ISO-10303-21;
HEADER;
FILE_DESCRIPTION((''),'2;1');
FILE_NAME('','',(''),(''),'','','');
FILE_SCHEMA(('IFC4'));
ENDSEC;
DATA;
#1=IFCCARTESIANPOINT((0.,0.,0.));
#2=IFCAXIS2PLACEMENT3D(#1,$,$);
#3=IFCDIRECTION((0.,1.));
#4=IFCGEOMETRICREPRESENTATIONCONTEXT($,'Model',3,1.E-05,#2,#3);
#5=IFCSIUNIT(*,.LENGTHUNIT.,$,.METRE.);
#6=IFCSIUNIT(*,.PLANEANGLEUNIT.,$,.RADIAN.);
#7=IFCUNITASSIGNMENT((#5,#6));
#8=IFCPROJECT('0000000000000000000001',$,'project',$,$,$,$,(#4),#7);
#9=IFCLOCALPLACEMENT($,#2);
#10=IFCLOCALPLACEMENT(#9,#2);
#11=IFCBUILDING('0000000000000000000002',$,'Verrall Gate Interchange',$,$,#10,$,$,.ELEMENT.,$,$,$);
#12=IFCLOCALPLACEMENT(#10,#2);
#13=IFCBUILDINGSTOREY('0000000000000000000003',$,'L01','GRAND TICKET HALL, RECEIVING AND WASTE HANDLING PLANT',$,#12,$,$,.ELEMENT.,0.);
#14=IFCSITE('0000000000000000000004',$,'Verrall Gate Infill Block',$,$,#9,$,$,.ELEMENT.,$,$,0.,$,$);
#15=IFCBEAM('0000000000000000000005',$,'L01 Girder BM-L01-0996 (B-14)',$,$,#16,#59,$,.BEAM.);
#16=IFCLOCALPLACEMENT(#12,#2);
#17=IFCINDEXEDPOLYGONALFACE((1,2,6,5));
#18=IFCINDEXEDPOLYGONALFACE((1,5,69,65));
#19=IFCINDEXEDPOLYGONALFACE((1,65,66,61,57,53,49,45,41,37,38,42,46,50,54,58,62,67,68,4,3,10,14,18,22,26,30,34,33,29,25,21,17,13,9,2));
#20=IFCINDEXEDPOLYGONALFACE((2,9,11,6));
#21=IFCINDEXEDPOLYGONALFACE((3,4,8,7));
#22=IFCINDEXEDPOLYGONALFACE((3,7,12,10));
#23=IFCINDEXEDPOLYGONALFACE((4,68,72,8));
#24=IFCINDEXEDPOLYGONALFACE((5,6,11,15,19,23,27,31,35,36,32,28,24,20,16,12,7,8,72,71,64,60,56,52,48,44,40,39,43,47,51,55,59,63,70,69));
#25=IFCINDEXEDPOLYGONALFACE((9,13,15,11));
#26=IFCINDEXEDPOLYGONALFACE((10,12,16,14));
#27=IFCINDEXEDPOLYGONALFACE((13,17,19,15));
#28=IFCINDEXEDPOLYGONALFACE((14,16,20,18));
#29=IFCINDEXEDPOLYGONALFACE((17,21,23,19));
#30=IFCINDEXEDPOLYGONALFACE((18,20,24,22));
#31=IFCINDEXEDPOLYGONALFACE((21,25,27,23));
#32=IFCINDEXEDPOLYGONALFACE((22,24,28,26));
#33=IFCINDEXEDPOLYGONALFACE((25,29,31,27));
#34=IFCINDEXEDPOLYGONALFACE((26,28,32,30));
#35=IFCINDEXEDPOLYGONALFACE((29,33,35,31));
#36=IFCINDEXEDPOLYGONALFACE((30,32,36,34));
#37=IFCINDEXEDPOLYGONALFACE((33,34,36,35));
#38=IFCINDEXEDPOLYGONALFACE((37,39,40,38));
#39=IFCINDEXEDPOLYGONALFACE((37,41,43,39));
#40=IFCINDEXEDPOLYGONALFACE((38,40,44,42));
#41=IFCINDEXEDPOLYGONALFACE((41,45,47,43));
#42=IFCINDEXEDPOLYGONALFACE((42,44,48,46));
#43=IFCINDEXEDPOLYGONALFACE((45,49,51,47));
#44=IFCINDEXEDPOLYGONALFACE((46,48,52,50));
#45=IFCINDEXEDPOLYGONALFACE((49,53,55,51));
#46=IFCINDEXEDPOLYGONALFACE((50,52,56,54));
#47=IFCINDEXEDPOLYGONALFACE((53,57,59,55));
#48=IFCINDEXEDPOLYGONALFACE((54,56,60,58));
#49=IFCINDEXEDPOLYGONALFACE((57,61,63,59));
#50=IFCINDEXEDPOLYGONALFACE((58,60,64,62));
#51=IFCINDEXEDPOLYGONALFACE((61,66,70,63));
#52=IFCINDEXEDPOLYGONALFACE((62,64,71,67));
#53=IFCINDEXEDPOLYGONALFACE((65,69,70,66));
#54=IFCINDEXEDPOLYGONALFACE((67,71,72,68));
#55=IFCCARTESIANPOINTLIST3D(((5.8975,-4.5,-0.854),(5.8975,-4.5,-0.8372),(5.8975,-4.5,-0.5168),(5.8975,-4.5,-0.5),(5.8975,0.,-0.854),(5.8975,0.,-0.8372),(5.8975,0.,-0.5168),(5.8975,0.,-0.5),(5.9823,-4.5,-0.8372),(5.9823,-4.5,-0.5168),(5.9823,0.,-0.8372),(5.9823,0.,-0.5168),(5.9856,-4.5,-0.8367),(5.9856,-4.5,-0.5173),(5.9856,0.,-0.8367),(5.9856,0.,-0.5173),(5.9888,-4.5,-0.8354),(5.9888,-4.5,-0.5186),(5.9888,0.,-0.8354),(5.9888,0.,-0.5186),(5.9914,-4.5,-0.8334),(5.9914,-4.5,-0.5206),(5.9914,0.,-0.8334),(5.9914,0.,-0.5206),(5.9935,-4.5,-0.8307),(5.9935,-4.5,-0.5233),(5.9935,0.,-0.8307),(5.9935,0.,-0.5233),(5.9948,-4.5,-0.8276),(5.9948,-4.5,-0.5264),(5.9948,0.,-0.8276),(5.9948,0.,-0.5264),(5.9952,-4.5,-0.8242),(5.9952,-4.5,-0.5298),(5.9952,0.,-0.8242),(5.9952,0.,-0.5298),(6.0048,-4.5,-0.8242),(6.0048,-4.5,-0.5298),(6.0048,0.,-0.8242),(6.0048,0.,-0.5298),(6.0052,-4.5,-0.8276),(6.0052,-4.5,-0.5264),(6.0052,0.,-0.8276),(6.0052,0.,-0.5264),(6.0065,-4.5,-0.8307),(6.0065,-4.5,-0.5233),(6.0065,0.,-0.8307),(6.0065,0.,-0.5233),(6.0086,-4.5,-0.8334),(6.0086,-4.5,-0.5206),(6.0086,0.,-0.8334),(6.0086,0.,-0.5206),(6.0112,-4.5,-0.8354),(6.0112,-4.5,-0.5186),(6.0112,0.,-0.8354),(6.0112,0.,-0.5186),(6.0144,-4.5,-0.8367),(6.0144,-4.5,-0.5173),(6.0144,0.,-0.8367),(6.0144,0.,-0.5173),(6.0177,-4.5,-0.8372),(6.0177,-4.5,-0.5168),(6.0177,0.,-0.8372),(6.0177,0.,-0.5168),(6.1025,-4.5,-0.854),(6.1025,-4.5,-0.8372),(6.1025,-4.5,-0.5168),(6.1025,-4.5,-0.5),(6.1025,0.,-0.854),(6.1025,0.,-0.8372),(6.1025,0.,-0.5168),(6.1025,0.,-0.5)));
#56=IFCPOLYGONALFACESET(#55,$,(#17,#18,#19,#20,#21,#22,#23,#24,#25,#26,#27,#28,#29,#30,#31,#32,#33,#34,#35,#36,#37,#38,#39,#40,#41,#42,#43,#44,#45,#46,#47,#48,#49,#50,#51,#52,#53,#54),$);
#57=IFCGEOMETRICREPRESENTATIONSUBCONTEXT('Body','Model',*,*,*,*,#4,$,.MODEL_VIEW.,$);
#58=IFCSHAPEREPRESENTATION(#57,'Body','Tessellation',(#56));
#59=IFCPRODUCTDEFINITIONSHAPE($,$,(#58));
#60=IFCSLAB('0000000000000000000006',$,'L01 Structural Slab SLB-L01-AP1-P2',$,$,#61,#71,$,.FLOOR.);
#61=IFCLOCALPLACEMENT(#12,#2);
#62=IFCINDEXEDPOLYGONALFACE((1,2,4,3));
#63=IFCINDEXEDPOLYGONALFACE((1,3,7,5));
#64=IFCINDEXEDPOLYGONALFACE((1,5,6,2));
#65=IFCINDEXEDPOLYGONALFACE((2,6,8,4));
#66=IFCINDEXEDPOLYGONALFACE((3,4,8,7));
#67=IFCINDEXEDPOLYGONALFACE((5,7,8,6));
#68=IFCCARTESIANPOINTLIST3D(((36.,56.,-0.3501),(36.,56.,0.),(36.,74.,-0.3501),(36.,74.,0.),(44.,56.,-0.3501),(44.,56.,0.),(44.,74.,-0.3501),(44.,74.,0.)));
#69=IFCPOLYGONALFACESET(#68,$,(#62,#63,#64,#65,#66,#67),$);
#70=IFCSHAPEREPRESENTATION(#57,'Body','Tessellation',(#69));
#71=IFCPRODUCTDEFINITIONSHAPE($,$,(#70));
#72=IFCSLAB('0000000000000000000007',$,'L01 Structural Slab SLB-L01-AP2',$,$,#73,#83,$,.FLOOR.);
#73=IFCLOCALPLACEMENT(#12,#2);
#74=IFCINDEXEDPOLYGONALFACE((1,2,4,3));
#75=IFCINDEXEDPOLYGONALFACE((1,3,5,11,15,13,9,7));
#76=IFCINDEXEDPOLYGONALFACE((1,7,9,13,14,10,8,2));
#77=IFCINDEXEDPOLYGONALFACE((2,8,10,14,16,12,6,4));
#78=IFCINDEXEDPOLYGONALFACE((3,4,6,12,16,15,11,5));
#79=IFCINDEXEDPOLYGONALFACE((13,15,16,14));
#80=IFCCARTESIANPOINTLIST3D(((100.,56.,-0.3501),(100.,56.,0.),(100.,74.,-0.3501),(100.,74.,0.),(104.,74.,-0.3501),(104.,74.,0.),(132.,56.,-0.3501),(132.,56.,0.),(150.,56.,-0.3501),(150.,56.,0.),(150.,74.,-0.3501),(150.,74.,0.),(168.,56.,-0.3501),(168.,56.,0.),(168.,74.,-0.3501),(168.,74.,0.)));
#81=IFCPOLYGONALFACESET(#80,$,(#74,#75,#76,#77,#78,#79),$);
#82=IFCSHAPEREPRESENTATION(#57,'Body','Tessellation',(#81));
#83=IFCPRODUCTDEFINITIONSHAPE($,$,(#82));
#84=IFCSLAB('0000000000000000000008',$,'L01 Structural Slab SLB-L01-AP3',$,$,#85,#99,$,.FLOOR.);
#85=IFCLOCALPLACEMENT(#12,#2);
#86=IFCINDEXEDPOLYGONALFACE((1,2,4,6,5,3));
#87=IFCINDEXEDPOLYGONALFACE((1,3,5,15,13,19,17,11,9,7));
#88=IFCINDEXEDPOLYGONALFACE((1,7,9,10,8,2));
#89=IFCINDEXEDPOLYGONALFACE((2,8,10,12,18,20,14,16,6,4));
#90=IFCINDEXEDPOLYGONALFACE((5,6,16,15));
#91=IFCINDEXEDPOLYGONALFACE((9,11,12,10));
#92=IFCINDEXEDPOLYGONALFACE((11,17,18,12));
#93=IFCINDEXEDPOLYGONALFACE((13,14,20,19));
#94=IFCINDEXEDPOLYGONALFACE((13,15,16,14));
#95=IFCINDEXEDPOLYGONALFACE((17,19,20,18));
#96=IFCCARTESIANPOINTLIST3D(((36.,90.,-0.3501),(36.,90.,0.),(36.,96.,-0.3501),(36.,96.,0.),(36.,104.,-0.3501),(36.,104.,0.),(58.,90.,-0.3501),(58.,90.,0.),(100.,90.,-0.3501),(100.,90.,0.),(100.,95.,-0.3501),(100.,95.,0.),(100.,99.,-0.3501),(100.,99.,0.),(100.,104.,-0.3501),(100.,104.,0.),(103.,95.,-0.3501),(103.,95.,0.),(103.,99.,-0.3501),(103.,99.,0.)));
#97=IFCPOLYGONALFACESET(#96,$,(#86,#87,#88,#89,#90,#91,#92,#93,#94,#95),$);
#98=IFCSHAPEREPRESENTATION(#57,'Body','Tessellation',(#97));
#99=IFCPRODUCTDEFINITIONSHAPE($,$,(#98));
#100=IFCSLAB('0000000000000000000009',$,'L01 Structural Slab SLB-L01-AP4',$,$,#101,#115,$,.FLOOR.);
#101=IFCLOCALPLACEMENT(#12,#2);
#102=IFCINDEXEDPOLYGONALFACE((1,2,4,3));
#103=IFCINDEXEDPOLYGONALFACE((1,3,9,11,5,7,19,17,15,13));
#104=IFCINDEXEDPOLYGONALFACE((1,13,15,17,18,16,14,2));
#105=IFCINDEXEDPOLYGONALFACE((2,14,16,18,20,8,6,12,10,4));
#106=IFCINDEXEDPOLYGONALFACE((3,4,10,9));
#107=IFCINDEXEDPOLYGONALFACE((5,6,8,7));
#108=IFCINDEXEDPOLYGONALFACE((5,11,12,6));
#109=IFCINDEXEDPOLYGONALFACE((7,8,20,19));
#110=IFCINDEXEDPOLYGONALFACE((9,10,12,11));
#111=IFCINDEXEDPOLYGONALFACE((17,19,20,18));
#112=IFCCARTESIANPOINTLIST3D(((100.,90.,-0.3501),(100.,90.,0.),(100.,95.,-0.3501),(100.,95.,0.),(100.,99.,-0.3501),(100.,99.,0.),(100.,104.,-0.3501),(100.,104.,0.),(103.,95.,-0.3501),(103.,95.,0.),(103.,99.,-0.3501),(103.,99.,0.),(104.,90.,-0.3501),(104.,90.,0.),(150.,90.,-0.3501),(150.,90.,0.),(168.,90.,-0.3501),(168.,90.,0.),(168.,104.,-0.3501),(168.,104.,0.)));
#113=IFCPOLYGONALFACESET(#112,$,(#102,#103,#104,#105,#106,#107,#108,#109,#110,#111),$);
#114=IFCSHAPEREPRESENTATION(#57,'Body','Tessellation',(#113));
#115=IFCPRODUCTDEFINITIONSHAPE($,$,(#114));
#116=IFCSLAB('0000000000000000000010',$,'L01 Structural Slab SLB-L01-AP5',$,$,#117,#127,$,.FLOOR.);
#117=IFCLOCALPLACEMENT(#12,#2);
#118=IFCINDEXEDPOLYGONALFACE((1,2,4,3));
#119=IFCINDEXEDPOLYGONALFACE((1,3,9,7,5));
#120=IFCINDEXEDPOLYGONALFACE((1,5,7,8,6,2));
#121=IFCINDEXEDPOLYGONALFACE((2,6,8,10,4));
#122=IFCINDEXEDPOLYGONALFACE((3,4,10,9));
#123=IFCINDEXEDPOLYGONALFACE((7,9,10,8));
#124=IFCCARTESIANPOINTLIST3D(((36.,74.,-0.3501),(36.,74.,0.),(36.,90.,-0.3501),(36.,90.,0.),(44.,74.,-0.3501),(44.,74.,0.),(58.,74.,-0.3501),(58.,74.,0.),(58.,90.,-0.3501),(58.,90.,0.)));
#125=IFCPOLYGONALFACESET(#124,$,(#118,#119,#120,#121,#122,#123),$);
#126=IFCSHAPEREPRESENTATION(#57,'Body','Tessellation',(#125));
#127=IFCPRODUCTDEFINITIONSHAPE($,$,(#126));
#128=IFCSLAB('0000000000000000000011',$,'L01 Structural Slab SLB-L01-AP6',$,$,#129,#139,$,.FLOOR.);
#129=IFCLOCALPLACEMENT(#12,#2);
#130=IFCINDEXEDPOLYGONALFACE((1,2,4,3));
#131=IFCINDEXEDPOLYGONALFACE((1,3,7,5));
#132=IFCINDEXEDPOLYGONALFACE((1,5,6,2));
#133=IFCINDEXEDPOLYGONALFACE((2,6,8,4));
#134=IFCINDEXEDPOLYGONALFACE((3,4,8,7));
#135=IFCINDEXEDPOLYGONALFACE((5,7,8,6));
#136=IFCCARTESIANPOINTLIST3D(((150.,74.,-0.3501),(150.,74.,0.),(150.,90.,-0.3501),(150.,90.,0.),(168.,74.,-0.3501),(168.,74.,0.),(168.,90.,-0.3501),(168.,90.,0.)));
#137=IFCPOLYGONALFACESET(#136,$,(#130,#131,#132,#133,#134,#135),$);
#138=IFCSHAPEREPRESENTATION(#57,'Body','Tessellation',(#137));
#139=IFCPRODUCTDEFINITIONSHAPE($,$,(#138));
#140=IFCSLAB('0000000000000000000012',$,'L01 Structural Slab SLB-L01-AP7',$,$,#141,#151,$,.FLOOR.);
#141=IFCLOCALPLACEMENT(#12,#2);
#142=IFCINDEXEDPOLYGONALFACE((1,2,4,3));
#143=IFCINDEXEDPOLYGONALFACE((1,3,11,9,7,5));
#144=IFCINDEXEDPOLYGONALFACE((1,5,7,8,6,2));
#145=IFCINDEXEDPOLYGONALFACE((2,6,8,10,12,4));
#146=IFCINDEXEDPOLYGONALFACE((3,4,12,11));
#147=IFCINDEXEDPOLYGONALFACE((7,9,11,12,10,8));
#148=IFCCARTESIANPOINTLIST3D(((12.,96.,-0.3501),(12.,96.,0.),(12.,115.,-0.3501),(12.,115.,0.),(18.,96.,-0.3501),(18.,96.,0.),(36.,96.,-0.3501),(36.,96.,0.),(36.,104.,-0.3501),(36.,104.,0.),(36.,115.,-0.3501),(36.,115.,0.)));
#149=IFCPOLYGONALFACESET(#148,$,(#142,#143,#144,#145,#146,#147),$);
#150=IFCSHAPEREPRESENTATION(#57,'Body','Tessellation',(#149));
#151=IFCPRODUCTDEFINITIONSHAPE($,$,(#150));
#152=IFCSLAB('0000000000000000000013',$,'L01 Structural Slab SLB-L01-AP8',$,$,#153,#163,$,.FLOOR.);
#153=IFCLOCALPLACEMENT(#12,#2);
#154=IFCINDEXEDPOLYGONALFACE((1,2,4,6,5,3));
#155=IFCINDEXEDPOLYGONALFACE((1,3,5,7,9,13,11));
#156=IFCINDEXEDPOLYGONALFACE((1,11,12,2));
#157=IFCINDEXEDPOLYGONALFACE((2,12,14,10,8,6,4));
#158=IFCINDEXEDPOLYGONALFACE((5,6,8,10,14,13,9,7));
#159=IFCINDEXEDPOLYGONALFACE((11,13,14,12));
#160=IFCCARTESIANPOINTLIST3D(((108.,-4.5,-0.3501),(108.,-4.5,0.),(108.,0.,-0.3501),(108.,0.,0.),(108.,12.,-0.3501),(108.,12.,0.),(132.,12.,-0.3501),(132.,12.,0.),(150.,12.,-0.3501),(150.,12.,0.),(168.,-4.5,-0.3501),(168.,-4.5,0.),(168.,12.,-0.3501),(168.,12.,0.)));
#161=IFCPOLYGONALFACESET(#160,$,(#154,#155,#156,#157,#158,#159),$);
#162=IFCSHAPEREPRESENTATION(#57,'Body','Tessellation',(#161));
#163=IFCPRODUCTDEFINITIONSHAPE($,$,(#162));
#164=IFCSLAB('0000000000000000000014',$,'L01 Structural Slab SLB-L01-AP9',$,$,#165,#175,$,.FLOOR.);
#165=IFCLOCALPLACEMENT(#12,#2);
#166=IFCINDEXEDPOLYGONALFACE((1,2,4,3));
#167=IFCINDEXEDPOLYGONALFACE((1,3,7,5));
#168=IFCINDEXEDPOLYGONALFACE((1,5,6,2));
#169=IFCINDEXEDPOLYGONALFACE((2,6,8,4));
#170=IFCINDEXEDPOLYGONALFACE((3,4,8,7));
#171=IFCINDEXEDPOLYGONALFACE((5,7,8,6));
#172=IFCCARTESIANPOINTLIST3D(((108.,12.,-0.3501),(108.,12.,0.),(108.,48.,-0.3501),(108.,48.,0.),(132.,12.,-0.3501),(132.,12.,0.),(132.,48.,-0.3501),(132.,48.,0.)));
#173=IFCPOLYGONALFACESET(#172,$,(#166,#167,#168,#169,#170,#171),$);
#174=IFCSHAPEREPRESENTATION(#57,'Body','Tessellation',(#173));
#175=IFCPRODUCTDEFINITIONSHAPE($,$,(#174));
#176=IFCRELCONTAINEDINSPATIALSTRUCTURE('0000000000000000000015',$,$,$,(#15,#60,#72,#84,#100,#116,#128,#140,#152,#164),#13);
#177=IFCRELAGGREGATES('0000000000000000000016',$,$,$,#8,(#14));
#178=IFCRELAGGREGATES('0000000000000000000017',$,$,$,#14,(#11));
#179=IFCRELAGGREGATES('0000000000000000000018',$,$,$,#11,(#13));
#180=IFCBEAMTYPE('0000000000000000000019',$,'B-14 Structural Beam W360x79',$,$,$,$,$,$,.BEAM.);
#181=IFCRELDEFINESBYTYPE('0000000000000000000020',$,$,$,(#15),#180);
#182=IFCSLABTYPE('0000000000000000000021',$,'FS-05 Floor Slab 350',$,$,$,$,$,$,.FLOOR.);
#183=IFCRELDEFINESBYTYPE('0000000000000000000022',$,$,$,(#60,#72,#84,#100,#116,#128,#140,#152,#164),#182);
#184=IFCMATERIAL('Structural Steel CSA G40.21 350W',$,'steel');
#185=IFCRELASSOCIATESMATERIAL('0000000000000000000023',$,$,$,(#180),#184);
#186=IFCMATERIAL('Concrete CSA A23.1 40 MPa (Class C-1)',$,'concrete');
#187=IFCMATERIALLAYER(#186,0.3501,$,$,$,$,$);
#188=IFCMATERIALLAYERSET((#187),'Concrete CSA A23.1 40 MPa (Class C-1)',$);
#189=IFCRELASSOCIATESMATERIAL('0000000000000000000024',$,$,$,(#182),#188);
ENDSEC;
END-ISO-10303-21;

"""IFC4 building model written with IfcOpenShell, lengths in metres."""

from ifc_helpers import new_model, si_unit, direction, frame, origin, origin_2d, place, context, subcontext, project, spatial, polyline, i_section, outline, extrude, material, layer, layer_set, material_profile, profile_set, type_object, element, save


model = new_model("IFC4")

# Units and contexts
model_context = context("Model", 3, precision=1e-05, world=origin(), true_north=direction((0.0, 1.0)))
body_context = subcontext(model_context, "Body", "Model", "MODEL_VIEW")
ifc_project = project(units=[si_unit("LENGTHUNIT", "METRE"), si_unit("PLANEANGLEUNIT", "RADIAN")], contexts=[model_context])

# Site, building, storey
site_placement = place(None, origin())
site = spatial("IfcSite", under=ifc_project, at=site_placement, Name="Verrall Gate Infill Block", CompositionType="ELEMENT", RefElevation=0.0)
building_placement = place(site_placement, origin())
building = spatial("IfcBuilding", under=site, at=building_placement, Name="Verrall Gate Interchange", CompositionType="ELEMENT")
storey_placement = place(building_placement, origin())
storey = spatial("IfcBuildingStorey", under=building, at=storey_placement, Name="L01", Description="GRAND TICKET HALL, RECEIVING AND WASTE HANDLING PLANT", CompositionType="ELEMENT", Elevation=0.0)

# Beam
ifc_material_1 = material(Name="Structural Steel CSA G40.21 350W", Category="steel")
ifc_material_profile_1 = material_profile(ifc_material_1, i_section(OverallWidth=0.2051, OverallDepth=0.354, WebThickness=0.0095, FlangeThickness=0.0168, FilletRadius=0.0129, at=origin_2d()), Name="W360x79")
ifc_profile_set_1 = profile_set([ifc_material_profile_1], Name="Structural Steel CSA G40.21 350W")
beam_type_1 = type_object("IfcBeamType", Name="B-14 Structural Beam W360x79", PredefinedType="BEAM", material=ifc_profile_set_1)
beam_1_placement = place(storey_placement, frame((6.0, -4.5, -0.677), z_axis=(0.0, 1.0, 0.0), x_axis=(-1.0, 0.0, 0.0)))
element("IfcBeam", 1, at=beam_1_placement, inside=storey, type_object=beam_type_1, Name="L01 Girder BM-L01-0996 (B-14)", PredefinedType="BEAM", context=body_context, shape_type="SweptSolid", body=[
    extrude(i_section(OverallWidth=0.2051, OverallDepth=0.354, WebThickness=0.0095, FlangeThickness=0.0168, FilletRadius=0.0129, at=origin_2d()), origin(), (0.0, 0.0, 1.0), 4.5),
])

# Slabs
ifc_material_2 = material(Name="Concrete CSA A23.1 40 MPa (Class C-1)", Category="concrete")
ifc_layer_1 = layer(ifc_material_2, 0.3501)
ifc_layer_set_1 = layer_set([ifc_layer_1], Name="Concrete CSA A23.1 40 MPa (Class C-1)")
slab_type_1 = type_object("IfcSlabType", Name="FS-05 Floor Slab 350", PredefinedType="FLOOR", material=ifc_layer_set_1)
slab_1_placement = place(storey_placement, frame((0.0, 0.0, -0.3501)))
element("IfcSlab", 2, at=slab_1_placement, inside=storey, type_object=slab_type_1, Name="L01 Structural Slab SLB-L01-AP1-P2", PredefinedType="FLOOR", context=body_context, shape_type="SweptSolid", body=[
    extrude(outline(polyline([(44.0, 74.0), (44.0, 56.0), (36.0, 56.0), (36.0, 74.0), (44.0, 74.0)])), origin(), (0.0, 0.0, 1.0), 0.3501),
])
slab_2_placement = place(storey_placement, frame((0.0, 0.0, -0.3501)))
element("IfcSlab", 3, at=slab_2_placement, inside=storey, type_object=slab_type_1, Name="L01 Structural Slab SLB-L01-AP2", PredefinedType="FLOOR", context=body_context, shape_type="SweptSolid", body=[
    extrude(outline(polyline([(100.0, 74.0), (104.0, 74.0), (150.0, 74.0), (168.0, 74.0), (168.0, 56.0), (150.0, 56.0), (132.0, 56.0), (100.0, 56.0), (100.0, 74.0)])), origin(), (0.0, 0.0, 1.0), 0.3501),
])
slab_3_placement = place(storey_placement, frame((0.0, 0.0, -0.3501)))
element("IfcSlab", 4, at=slab_3_placement, inside=storey, type_object=slab_type_1, Name="L01 Structural Slab SLB-L01-AP3", PredefinedType="FLOOR", context=body_context, shape_type="SweptSolid", body=[
    extrude(outline(polyline([(36.0, 96.0), (36.0, 104.0), (100.0, 104.0), (100.0, 99.0), (103.0, 99.0), (103.0, 95.0), (100.0, 95.0), (100.0, 90.0), (58.0, 90.0), (36.0, 90.0), (36.0, 96.0)])), origin(), (0.0, 0.0, 1.0), 0.3501),
])
slab_4_placement = place(storey_placement, frame((0.0, 0.0, -0.3501)))
element("IfcSlab", 5, at=slab_4_placement, inside=storey, type_object=slab_type_1, Name="L01 Structural Slab SLB-L01-AP4", PredefinedType="FLOOR", context=body_context, shape_type="SweptSolid", body=[
    extrude(outline(polyline([(168.0, 90.0), (150.0, 90.0), (104.0, 90.0), (100.0, 90.0), (100.0, 95.0), (103.0, 95.0), (103.0, 99.0), (100.0, 99.0), (100.0, 104.0), (168.0, 104.0), (168.0, 90.0)])), origin(), (0.0, 0.0, 1.0), 0.3501),
])
slab_5_placement = place(storey_placement, frame((0.0, 0.0, -0.3501)))
element("IfcSlab", 6, at=slab_5_placement, inside=storey, type_object=slab_type_1, Name="L01 Structural Slab SLB-L01-AP5", PredefinedType="FLOOR", context=body_context, shape_type="SweptSolid", body=[
    extrude(outline(polyline([(36.0, 90.0), (58.0, 90.0), (58.0, 74.0), (44.0, 74.0), (36.0, 74.0), (36.0, 90.0)])), origin(), (0.0, 0.0, 1.0), 0.3501),
])
slab_6_placement = place(storey_placement, frame((0.0, 0.0, -0.3501)))
element("IfcSlab", 7, at=slab_6_placement, inside=storey, type_object=slab_type_1, Name="L01 Structural Slab SLB-L01-AP6", PredefinedType="FLOOR", context=body_context, shape_type="SweptSolid", body=[
    extrude(outline(polyline([(150.0, 90.0), (168.0, 90.0), (168.0, 74.0), (150.0, 74.0), (150.0, 90.0)])), origin(), (0.0, 0.0, 1.0), 0.3501),
])
slab_7_placement = place(storey_placement, frame((0.0, 0.0, -0.3501)))
element("IfcSlab", 8, at=slab_7_placement, inside=storey, type_object=slab_type_1, Name="L01 Structural Slab SLB-L01-AP7", PredefinedType="FLOOR", context=body_context, shape_type="SweptSolid", body=[
    extrude(outline(polyline([(12.0, 115.0), (36.0, 115.0), (36.0, 104.0), (36.0, 96.0), (18.0, 96.0), (12.0, 96.0), (12.0, 115.0)])), origin(), (0.0, 0.0, 1.0), 0.3501),
])
slab_8_placement = place(storey_placement, frame((0.0, 0.0, -0.3501)))
element("IfcSlab", 9, at=slab_8_placement, inside=storey, type_object=slab_type_1, Name="L01 Structural Slab SLB-L01-AP8", PredefinedType="FLOOR", context=body_context, shape_type="SweptSolid", body=[
    extrude(outline(polyline([(108.0, 0.0), (108.0, 12.0), (132.0, 12.0), (150.0, 12.0), (168.0, 12.0), (168.0, -4.5), (108.0, -4.5), (108.0, 0.0)])), origin(), (0.0, 0.0, 1.0), 0.3501),
])
slab_9_placement = place(storey_placement, frame((0.0, 0.0, -0.3501)))
element("IfcSlab", 10, at=slab_9_placement, inside=storey, type_object=slab_type_1, Name="L01 Structural Slab SLB-L01-AP9", PredefinedType="FLOOR", context=body_context, shape_type="SweptSolid", body=[
    extrude(outline(polyline([(108.0, 48.0), (132.0, 48.0), (132.0, 12.0), (108.0, 12.0), (108.0, 48.0)])), origin(), (0.0, 0.0, 1.0), 0.3501),
])

save(model, "model.ifc")
